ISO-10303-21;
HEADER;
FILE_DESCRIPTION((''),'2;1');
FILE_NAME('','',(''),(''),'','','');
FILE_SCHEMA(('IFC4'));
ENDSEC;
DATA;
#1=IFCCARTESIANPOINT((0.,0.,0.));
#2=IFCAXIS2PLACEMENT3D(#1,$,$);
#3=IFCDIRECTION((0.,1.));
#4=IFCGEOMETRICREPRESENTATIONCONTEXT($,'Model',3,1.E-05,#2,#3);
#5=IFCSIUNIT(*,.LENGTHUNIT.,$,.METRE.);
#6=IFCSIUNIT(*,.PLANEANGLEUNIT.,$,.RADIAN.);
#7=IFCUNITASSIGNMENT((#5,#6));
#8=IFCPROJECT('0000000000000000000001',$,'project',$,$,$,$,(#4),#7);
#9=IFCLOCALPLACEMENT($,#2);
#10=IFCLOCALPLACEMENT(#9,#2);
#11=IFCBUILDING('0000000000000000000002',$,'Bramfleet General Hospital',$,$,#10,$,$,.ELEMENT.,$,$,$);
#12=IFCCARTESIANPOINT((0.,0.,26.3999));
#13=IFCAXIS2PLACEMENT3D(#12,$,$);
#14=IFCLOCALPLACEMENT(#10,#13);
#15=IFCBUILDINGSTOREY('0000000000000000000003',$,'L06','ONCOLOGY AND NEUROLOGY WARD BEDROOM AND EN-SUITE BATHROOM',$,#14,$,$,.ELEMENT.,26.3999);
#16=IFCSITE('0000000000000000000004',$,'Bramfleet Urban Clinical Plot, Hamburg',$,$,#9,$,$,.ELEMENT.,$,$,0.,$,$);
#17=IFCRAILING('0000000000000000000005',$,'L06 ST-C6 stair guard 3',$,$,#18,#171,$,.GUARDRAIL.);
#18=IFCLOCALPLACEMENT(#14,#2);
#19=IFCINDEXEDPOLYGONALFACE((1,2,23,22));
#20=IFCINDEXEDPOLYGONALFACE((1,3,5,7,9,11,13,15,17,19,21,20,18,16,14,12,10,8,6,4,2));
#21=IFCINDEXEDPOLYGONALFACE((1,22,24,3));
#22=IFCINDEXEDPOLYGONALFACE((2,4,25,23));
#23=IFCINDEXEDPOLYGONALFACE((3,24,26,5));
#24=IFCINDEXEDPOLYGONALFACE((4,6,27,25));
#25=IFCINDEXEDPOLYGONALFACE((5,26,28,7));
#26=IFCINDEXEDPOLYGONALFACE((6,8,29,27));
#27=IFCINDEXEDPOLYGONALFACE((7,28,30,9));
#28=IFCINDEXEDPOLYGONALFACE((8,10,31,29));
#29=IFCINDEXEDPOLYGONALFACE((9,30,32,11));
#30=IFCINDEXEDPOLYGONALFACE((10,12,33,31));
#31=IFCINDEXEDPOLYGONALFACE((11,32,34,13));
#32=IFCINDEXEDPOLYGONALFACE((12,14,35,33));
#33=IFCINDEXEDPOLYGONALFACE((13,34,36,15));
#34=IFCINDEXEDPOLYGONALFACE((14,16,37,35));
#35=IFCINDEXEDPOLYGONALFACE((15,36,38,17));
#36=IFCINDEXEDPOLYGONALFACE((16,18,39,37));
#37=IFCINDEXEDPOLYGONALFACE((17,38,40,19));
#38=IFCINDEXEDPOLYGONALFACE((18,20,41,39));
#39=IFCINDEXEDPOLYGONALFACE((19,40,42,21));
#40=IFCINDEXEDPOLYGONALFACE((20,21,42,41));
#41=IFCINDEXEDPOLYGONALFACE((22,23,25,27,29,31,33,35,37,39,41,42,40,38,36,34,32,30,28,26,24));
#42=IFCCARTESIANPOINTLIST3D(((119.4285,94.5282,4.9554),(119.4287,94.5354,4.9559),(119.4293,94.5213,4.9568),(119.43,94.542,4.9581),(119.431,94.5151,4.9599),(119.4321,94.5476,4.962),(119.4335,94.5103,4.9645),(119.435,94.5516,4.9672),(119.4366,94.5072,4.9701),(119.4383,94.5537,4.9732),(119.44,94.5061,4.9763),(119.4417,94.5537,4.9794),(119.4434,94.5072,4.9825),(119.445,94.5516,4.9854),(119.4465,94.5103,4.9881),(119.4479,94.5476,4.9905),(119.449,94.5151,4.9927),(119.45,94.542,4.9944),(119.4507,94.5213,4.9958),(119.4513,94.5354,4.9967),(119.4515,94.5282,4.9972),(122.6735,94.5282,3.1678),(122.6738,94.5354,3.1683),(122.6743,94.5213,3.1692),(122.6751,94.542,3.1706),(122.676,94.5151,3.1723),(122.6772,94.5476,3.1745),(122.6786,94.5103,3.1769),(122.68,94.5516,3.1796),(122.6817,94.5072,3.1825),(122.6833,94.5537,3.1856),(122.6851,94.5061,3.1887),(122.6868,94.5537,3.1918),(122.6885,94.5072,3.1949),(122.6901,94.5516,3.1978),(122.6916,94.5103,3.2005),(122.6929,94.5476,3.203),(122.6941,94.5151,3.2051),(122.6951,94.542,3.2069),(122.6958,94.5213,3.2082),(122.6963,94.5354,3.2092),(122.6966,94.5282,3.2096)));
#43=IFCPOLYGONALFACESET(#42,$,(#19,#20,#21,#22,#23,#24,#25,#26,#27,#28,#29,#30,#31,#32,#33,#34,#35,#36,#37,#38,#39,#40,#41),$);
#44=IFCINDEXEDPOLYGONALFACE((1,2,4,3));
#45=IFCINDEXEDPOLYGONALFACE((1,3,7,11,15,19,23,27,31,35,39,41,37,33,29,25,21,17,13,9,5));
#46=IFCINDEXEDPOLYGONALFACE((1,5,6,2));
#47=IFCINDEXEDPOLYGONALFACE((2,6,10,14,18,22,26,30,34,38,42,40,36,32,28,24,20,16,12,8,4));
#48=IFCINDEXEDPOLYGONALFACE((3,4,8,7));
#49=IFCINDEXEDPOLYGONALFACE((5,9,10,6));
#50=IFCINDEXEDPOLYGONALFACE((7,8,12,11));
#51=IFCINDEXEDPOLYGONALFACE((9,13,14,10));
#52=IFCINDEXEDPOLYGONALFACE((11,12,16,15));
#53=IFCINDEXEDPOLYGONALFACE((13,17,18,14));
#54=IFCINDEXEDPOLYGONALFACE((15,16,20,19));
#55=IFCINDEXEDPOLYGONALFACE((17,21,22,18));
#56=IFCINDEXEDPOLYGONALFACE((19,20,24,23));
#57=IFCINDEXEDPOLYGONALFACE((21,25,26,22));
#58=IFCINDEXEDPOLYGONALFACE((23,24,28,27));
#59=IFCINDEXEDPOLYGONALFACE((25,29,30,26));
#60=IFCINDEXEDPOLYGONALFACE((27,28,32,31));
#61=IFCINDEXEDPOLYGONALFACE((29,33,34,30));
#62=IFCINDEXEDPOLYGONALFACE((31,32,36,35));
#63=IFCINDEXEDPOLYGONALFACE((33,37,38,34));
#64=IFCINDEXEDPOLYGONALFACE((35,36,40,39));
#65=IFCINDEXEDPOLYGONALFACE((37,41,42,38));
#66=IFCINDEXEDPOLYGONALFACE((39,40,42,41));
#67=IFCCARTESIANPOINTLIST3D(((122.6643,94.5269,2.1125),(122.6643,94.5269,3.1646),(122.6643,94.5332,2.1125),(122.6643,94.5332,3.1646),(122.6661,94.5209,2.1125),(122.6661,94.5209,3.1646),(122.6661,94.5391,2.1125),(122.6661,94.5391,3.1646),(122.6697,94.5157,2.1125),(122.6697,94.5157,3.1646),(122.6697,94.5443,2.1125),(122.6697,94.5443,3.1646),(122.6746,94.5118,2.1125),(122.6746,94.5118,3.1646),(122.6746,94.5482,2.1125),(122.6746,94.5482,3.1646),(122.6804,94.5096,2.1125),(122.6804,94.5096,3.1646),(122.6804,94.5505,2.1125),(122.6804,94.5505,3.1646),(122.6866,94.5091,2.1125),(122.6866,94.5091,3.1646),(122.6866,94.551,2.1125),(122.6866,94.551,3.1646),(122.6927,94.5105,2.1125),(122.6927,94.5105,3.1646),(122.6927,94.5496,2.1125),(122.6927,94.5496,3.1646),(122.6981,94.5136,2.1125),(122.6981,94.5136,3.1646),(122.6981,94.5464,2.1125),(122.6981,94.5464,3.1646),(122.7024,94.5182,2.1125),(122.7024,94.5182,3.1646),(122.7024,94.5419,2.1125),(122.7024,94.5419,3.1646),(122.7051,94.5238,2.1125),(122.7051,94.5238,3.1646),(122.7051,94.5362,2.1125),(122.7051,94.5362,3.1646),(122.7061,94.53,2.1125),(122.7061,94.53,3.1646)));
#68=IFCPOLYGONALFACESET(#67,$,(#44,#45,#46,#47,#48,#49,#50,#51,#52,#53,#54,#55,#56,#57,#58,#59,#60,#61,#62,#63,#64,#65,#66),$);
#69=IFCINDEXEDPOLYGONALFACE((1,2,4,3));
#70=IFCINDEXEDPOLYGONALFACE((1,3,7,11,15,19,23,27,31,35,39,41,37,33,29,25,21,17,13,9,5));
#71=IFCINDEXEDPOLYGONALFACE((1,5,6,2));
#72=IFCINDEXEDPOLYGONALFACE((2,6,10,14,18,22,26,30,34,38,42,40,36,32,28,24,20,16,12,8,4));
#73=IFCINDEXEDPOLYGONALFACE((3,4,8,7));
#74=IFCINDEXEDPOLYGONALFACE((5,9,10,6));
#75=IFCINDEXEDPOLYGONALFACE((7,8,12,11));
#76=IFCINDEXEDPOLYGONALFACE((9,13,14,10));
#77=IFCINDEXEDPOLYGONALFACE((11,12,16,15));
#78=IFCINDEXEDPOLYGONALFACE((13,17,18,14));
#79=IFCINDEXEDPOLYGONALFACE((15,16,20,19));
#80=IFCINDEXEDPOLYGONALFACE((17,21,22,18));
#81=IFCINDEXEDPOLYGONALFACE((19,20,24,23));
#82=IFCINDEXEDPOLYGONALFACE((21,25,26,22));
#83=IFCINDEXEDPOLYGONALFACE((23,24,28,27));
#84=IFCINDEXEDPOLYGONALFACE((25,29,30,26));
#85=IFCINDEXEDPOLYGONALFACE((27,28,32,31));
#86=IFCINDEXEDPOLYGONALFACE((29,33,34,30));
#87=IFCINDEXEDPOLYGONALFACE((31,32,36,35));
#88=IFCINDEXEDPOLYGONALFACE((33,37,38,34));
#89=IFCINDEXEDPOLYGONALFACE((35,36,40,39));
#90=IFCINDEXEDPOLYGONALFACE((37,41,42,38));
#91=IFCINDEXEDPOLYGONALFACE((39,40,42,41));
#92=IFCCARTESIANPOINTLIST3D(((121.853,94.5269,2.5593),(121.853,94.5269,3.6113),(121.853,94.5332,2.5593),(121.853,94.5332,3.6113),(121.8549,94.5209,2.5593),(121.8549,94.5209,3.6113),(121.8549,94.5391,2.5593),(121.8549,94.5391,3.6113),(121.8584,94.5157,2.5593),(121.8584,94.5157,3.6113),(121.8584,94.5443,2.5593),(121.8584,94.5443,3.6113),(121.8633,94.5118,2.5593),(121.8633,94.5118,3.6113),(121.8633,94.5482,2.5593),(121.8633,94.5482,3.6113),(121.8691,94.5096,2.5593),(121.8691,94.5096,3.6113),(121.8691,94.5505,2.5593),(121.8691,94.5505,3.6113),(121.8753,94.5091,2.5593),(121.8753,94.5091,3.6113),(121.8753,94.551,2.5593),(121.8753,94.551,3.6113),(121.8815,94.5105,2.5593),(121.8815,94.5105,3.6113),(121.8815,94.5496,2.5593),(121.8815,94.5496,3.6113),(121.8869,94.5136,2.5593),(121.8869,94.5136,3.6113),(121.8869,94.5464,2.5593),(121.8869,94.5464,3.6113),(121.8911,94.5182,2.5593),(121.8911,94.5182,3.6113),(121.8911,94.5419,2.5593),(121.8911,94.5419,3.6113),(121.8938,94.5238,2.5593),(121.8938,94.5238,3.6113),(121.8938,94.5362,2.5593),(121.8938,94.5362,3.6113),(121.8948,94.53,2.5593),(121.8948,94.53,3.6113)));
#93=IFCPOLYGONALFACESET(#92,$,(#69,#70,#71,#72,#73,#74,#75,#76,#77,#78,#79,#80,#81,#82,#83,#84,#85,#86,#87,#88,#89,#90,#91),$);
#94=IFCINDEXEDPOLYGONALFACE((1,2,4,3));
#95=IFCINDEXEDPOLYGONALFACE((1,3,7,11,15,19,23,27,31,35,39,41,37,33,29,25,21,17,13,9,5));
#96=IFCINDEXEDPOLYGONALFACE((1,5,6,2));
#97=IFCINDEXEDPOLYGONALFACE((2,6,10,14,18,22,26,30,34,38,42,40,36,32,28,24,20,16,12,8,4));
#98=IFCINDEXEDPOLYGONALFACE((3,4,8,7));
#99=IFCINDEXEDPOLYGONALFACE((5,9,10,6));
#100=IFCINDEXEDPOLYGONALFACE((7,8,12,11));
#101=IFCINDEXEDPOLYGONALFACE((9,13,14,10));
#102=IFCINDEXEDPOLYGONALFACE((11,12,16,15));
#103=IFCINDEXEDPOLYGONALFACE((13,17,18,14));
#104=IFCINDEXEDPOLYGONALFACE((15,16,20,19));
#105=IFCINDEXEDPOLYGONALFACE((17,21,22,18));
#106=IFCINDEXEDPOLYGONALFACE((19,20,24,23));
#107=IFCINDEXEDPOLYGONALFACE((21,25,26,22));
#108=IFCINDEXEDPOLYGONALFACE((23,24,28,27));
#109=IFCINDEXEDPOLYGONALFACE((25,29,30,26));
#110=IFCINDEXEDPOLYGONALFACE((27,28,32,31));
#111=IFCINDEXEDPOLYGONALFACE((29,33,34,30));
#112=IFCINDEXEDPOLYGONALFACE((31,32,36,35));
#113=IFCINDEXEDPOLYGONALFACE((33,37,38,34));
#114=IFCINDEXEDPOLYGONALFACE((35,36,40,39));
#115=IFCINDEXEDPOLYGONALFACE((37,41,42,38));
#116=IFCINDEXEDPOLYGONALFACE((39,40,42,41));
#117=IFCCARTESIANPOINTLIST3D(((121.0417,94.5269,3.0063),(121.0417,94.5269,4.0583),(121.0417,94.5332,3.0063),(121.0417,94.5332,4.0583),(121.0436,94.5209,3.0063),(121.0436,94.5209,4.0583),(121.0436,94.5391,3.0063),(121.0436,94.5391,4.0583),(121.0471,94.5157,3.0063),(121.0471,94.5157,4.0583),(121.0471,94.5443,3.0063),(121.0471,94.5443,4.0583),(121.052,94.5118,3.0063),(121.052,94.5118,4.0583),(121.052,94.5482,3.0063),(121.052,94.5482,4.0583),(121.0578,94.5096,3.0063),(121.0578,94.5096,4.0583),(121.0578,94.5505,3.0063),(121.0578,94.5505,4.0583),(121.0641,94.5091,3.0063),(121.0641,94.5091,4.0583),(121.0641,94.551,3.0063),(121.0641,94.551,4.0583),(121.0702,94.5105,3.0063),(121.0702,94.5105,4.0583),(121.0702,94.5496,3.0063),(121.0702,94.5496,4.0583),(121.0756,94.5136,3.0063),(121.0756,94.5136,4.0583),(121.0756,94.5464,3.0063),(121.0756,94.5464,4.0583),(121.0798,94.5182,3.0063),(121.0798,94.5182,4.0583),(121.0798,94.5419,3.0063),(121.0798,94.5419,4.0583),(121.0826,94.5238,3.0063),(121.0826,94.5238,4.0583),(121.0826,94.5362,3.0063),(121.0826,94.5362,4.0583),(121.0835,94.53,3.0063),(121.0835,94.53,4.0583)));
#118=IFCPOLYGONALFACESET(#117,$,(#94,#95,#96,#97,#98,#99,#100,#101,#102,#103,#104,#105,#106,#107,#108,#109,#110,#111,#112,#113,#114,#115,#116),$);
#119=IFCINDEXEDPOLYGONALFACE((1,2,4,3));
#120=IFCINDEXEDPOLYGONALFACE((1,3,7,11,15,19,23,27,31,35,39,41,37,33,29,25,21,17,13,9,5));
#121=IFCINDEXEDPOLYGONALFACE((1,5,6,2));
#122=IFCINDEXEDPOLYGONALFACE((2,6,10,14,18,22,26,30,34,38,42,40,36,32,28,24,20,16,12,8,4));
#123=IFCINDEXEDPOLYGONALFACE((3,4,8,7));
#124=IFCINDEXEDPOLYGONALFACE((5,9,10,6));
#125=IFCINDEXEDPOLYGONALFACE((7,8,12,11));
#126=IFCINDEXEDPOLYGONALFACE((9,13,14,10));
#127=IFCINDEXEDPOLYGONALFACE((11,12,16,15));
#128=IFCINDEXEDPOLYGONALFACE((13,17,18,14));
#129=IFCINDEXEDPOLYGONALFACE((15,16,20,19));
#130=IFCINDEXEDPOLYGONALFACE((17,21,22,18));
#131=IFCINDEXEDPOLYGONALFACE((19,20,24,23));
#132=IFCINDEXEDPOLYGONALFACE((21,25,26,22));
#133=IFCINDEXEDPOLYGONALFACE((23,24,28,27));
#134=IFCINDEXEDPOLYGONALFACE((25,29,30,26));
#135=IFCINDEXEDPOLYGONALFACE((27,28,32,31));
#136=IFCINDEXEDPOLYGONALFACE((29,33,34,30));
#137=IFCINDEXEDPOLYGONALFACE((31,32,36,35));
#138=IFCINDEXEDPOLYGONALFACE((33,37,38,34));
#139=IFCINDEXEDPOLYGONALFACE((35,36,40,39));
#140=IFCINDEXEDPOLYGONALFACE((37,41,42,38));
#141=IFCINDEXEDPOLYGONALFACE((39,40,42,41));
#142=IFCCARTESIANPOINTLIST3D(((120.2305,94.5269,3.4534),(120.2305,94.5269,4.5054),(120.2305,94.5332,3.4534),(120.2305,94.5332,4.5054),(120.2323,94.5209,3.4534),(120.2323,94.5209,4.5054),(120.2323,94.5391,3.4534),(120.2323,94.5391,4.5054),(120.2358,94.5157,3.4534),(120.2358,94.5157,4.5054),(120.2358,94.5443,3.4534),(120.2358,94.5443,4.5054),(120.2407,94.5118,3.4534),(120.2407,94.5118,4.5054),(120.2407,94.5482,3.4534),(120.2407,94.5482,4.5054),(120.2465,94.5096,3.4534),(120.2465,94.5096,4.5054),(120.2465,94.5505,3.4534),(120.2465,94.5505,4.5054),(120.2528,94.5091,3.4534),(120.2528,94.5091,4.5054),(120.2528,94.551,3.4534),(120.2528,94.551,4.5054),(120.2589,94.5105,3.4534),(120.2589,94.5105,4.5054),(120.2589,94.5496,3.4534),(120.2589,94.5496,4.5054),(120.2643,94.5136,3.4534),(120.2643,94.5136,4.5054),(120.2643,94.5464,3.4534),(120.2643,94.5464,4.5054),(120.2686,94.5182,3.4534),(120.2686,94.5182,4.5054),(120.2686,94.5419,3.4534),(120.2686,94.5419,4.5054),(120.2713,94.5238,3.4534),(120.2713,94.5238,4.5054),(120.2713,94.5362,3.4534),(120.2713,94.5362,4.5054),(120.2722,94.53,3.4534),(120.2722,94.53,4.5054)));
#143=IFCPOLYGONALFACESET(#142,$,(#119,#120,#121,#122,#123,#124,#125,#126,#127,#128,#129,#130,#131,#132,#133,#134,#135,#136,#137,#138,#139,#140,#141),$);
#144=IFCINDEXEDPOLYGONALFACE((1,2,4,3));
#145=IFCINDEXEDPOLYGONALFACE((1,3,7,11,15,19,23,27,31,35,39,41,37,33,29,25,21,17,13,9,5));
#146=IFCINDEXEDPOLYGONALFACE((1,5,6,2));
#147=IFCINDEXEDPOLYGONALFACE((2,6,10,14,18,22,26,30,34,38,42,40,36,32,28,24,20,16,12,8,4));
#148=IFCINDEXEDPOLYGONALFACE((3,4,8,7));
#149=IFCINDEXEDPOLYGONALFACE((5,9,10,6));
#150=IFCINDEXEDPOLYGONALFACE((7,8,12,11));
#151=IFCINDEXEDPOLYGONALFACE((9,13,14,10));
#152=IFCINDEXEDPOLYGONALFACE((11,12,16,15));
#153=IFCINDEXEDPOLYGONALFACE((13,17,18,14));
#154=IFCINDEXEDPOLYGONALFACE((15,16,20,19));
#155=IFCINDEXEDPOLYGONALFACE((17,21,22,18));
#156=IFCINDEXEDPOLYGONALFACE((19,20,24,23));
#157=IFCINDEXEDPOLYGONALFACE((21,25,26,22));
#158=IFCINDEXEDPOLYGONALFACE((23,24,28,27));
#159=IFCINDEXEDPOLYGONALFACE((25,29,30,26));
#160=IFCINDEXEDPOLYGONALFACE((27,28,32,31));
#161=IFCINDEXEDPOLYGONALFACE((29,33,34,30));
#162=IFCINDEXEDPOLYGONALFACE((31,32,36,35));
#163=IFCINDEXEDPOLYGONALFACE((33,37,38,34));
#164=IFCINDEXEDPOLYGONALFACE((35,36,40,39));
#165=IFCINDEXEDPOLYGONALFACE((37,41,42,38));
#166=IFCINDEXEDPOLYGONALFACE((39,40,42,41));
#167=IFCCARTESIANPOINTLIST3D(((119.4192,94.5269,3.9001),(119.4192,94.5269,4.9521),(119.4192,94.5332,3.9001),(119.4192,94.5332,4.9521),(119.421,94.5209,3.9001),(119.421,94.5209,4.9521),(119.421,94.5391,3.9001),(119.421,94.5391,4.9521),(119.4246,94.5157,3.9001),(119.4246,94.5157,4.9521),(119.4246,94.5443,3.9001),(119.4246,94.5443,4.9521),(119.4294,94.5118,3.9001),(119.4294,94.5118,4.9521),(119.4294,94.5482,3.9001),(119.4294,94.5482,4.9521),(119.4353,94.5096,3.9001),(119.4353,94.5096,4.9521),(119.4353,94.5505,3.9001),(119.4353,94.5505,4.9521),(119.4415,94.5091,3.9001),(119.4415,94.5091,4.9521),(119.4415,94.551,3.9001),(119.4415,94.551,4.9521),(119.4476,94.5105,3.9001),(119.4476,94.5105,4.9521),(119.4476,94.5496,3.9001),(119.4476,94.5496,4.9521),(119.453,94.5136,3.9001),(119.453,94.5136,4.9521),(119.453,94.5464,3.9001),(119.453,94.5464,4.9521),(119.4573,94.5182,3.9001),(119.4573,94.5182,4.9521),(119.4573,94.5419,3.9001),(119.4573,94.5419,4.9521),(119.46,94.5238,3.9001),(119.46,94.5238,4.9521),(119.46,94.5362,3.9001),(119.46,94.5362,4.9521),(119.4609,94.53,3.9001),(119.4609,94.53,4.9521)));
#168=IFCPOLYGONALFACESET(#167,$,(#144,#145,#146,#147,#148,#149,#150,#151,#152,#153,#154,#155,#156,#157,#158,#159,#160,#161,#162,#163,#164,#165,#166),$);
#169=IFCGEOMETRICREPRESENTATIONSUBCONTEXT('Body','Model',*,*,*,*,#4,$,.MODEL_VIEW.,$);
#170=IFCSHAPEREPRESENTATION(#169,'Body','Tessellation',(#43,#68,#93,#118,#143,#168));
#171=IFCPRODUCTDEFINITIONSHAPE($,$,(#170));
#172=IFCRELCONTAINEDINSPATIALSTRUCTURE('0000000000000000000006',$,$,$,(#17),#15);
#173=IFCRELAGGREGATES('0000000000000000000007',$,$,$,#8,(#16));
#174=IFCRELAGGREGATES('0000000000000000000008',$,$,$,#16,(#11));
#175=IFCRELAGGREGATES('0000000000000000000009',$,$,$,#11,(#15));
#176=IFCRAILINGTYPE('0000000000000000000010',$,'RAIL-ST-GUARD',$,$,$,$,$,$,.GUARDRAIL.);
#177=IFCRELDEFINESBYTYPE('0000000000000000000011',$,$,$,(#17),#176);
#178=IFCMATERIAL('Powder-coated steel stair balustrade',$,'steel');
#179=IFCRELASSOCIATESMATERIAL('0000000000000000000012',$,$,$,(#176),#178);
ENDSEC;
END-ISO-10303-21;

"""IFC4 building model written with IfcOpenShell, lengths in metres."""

from ifc_helpers import new_model, si_unit, direction, frame, origin, origin_2d, place, context, subcontext, project, spatial, circle, extrude, material, type_object, element, save


model = new_model("IFC4")

# Units and contexts
model_context = context("Model", 3, precision=1e-05, world=origin(), true_north=direction((0.0, 1.0)))
body_context = subcontext(model_context, "Body", "Model", "MODEL_VIEW")
ifc_project = project(units=[si_unit("LENGTHUNIT", "METRE"), si_unit("PLANEANGLEUNIT", "RADIAN")], contexts=[model_context])

# Site, building, storey
site_placement = place(None, origin())
site = spatial("IfcSite", under=ifc_project, at=site_placement, Name="Bramfleet Urban Clinical Plot, Hamburg", CompositionType="ELEMENT", RefElevation=0.0)
building_placement = place(site_placement, origin())
building = spatial("IfcBuilding", under=site, at=building_placement, Name="Bramfleet General Hospital", CompositionType="ELEMENT")
storey_placement = place(building_placement, frame((0.0, 0.0, 26.3999)))
storey = spatial("IfcBuildingStorey", under=building, at=storey_placement, Name="L06", Description="ONCOLOGY AND NEUROLOGY WARD BEDROOM AND EN-SUITE BATHROOM", CompositionType="ELEMENT", Elevation=26.3999)

# Railing
ifc_material_1 = material(Name="Powder-coated steel stair balustrade", Category="steel")
railing_type_1 = type_object("IfcRailingType", Name="RAIL-ST-GUARD", PredefinedType="GUARDRAIL", material=ifc_material_1)
railing_1_placement = place(storey_placement, frame((122.6851, 94.53, 2.1125)))
element("IfcRailing", 1, at=railing_1_placement, inside=storey, type_object=railing_type_1, Name="L06 ST-C6 stair guard 3", PredefinedType="GUARDRAIL", context=body_context, shape_type="SweptSolid", body=[
    extrude(circle(Radius=0.0239, at=origin_2d()), frame((0.0, 0.0, 1.0762), z_axis=(-0.875899, 0.0, 0.482495), x_axis=(0.0, -1.0, 0.0)), (0.0, 0.0, 1.0), 3.7048),
    extrude(circle(Radius=0.021, at=origin_2d()), origin(), (0.0, 0.0, 1.0), 1.052),
    extrude(circle(Radius=0.021, at=origin_2d()), frame((-0.8113, 0.0, 0.4468)), (0.0, 0.0, 1.0), 1.052),
    extrude(circle(Radius=0.021, at=origin_2d()), frame((-1.6226, 0.0, 0.8938)), (0.0, 0.0, 1.0), 1.052),
    extrude(circle(Radius=0.021, at=origin_2d()), frame((-2.4338, 0.0, 1.3408)), (0.0, 0.0, 1.0), 1.052),
    extrude(circle(Radius=0.021, at=origin_2d()), frame((-3.2451, 0.0, 1.7876)), (0.0, 0.0, 1.0), 1.052),
])

save(model, "model.ifc")
